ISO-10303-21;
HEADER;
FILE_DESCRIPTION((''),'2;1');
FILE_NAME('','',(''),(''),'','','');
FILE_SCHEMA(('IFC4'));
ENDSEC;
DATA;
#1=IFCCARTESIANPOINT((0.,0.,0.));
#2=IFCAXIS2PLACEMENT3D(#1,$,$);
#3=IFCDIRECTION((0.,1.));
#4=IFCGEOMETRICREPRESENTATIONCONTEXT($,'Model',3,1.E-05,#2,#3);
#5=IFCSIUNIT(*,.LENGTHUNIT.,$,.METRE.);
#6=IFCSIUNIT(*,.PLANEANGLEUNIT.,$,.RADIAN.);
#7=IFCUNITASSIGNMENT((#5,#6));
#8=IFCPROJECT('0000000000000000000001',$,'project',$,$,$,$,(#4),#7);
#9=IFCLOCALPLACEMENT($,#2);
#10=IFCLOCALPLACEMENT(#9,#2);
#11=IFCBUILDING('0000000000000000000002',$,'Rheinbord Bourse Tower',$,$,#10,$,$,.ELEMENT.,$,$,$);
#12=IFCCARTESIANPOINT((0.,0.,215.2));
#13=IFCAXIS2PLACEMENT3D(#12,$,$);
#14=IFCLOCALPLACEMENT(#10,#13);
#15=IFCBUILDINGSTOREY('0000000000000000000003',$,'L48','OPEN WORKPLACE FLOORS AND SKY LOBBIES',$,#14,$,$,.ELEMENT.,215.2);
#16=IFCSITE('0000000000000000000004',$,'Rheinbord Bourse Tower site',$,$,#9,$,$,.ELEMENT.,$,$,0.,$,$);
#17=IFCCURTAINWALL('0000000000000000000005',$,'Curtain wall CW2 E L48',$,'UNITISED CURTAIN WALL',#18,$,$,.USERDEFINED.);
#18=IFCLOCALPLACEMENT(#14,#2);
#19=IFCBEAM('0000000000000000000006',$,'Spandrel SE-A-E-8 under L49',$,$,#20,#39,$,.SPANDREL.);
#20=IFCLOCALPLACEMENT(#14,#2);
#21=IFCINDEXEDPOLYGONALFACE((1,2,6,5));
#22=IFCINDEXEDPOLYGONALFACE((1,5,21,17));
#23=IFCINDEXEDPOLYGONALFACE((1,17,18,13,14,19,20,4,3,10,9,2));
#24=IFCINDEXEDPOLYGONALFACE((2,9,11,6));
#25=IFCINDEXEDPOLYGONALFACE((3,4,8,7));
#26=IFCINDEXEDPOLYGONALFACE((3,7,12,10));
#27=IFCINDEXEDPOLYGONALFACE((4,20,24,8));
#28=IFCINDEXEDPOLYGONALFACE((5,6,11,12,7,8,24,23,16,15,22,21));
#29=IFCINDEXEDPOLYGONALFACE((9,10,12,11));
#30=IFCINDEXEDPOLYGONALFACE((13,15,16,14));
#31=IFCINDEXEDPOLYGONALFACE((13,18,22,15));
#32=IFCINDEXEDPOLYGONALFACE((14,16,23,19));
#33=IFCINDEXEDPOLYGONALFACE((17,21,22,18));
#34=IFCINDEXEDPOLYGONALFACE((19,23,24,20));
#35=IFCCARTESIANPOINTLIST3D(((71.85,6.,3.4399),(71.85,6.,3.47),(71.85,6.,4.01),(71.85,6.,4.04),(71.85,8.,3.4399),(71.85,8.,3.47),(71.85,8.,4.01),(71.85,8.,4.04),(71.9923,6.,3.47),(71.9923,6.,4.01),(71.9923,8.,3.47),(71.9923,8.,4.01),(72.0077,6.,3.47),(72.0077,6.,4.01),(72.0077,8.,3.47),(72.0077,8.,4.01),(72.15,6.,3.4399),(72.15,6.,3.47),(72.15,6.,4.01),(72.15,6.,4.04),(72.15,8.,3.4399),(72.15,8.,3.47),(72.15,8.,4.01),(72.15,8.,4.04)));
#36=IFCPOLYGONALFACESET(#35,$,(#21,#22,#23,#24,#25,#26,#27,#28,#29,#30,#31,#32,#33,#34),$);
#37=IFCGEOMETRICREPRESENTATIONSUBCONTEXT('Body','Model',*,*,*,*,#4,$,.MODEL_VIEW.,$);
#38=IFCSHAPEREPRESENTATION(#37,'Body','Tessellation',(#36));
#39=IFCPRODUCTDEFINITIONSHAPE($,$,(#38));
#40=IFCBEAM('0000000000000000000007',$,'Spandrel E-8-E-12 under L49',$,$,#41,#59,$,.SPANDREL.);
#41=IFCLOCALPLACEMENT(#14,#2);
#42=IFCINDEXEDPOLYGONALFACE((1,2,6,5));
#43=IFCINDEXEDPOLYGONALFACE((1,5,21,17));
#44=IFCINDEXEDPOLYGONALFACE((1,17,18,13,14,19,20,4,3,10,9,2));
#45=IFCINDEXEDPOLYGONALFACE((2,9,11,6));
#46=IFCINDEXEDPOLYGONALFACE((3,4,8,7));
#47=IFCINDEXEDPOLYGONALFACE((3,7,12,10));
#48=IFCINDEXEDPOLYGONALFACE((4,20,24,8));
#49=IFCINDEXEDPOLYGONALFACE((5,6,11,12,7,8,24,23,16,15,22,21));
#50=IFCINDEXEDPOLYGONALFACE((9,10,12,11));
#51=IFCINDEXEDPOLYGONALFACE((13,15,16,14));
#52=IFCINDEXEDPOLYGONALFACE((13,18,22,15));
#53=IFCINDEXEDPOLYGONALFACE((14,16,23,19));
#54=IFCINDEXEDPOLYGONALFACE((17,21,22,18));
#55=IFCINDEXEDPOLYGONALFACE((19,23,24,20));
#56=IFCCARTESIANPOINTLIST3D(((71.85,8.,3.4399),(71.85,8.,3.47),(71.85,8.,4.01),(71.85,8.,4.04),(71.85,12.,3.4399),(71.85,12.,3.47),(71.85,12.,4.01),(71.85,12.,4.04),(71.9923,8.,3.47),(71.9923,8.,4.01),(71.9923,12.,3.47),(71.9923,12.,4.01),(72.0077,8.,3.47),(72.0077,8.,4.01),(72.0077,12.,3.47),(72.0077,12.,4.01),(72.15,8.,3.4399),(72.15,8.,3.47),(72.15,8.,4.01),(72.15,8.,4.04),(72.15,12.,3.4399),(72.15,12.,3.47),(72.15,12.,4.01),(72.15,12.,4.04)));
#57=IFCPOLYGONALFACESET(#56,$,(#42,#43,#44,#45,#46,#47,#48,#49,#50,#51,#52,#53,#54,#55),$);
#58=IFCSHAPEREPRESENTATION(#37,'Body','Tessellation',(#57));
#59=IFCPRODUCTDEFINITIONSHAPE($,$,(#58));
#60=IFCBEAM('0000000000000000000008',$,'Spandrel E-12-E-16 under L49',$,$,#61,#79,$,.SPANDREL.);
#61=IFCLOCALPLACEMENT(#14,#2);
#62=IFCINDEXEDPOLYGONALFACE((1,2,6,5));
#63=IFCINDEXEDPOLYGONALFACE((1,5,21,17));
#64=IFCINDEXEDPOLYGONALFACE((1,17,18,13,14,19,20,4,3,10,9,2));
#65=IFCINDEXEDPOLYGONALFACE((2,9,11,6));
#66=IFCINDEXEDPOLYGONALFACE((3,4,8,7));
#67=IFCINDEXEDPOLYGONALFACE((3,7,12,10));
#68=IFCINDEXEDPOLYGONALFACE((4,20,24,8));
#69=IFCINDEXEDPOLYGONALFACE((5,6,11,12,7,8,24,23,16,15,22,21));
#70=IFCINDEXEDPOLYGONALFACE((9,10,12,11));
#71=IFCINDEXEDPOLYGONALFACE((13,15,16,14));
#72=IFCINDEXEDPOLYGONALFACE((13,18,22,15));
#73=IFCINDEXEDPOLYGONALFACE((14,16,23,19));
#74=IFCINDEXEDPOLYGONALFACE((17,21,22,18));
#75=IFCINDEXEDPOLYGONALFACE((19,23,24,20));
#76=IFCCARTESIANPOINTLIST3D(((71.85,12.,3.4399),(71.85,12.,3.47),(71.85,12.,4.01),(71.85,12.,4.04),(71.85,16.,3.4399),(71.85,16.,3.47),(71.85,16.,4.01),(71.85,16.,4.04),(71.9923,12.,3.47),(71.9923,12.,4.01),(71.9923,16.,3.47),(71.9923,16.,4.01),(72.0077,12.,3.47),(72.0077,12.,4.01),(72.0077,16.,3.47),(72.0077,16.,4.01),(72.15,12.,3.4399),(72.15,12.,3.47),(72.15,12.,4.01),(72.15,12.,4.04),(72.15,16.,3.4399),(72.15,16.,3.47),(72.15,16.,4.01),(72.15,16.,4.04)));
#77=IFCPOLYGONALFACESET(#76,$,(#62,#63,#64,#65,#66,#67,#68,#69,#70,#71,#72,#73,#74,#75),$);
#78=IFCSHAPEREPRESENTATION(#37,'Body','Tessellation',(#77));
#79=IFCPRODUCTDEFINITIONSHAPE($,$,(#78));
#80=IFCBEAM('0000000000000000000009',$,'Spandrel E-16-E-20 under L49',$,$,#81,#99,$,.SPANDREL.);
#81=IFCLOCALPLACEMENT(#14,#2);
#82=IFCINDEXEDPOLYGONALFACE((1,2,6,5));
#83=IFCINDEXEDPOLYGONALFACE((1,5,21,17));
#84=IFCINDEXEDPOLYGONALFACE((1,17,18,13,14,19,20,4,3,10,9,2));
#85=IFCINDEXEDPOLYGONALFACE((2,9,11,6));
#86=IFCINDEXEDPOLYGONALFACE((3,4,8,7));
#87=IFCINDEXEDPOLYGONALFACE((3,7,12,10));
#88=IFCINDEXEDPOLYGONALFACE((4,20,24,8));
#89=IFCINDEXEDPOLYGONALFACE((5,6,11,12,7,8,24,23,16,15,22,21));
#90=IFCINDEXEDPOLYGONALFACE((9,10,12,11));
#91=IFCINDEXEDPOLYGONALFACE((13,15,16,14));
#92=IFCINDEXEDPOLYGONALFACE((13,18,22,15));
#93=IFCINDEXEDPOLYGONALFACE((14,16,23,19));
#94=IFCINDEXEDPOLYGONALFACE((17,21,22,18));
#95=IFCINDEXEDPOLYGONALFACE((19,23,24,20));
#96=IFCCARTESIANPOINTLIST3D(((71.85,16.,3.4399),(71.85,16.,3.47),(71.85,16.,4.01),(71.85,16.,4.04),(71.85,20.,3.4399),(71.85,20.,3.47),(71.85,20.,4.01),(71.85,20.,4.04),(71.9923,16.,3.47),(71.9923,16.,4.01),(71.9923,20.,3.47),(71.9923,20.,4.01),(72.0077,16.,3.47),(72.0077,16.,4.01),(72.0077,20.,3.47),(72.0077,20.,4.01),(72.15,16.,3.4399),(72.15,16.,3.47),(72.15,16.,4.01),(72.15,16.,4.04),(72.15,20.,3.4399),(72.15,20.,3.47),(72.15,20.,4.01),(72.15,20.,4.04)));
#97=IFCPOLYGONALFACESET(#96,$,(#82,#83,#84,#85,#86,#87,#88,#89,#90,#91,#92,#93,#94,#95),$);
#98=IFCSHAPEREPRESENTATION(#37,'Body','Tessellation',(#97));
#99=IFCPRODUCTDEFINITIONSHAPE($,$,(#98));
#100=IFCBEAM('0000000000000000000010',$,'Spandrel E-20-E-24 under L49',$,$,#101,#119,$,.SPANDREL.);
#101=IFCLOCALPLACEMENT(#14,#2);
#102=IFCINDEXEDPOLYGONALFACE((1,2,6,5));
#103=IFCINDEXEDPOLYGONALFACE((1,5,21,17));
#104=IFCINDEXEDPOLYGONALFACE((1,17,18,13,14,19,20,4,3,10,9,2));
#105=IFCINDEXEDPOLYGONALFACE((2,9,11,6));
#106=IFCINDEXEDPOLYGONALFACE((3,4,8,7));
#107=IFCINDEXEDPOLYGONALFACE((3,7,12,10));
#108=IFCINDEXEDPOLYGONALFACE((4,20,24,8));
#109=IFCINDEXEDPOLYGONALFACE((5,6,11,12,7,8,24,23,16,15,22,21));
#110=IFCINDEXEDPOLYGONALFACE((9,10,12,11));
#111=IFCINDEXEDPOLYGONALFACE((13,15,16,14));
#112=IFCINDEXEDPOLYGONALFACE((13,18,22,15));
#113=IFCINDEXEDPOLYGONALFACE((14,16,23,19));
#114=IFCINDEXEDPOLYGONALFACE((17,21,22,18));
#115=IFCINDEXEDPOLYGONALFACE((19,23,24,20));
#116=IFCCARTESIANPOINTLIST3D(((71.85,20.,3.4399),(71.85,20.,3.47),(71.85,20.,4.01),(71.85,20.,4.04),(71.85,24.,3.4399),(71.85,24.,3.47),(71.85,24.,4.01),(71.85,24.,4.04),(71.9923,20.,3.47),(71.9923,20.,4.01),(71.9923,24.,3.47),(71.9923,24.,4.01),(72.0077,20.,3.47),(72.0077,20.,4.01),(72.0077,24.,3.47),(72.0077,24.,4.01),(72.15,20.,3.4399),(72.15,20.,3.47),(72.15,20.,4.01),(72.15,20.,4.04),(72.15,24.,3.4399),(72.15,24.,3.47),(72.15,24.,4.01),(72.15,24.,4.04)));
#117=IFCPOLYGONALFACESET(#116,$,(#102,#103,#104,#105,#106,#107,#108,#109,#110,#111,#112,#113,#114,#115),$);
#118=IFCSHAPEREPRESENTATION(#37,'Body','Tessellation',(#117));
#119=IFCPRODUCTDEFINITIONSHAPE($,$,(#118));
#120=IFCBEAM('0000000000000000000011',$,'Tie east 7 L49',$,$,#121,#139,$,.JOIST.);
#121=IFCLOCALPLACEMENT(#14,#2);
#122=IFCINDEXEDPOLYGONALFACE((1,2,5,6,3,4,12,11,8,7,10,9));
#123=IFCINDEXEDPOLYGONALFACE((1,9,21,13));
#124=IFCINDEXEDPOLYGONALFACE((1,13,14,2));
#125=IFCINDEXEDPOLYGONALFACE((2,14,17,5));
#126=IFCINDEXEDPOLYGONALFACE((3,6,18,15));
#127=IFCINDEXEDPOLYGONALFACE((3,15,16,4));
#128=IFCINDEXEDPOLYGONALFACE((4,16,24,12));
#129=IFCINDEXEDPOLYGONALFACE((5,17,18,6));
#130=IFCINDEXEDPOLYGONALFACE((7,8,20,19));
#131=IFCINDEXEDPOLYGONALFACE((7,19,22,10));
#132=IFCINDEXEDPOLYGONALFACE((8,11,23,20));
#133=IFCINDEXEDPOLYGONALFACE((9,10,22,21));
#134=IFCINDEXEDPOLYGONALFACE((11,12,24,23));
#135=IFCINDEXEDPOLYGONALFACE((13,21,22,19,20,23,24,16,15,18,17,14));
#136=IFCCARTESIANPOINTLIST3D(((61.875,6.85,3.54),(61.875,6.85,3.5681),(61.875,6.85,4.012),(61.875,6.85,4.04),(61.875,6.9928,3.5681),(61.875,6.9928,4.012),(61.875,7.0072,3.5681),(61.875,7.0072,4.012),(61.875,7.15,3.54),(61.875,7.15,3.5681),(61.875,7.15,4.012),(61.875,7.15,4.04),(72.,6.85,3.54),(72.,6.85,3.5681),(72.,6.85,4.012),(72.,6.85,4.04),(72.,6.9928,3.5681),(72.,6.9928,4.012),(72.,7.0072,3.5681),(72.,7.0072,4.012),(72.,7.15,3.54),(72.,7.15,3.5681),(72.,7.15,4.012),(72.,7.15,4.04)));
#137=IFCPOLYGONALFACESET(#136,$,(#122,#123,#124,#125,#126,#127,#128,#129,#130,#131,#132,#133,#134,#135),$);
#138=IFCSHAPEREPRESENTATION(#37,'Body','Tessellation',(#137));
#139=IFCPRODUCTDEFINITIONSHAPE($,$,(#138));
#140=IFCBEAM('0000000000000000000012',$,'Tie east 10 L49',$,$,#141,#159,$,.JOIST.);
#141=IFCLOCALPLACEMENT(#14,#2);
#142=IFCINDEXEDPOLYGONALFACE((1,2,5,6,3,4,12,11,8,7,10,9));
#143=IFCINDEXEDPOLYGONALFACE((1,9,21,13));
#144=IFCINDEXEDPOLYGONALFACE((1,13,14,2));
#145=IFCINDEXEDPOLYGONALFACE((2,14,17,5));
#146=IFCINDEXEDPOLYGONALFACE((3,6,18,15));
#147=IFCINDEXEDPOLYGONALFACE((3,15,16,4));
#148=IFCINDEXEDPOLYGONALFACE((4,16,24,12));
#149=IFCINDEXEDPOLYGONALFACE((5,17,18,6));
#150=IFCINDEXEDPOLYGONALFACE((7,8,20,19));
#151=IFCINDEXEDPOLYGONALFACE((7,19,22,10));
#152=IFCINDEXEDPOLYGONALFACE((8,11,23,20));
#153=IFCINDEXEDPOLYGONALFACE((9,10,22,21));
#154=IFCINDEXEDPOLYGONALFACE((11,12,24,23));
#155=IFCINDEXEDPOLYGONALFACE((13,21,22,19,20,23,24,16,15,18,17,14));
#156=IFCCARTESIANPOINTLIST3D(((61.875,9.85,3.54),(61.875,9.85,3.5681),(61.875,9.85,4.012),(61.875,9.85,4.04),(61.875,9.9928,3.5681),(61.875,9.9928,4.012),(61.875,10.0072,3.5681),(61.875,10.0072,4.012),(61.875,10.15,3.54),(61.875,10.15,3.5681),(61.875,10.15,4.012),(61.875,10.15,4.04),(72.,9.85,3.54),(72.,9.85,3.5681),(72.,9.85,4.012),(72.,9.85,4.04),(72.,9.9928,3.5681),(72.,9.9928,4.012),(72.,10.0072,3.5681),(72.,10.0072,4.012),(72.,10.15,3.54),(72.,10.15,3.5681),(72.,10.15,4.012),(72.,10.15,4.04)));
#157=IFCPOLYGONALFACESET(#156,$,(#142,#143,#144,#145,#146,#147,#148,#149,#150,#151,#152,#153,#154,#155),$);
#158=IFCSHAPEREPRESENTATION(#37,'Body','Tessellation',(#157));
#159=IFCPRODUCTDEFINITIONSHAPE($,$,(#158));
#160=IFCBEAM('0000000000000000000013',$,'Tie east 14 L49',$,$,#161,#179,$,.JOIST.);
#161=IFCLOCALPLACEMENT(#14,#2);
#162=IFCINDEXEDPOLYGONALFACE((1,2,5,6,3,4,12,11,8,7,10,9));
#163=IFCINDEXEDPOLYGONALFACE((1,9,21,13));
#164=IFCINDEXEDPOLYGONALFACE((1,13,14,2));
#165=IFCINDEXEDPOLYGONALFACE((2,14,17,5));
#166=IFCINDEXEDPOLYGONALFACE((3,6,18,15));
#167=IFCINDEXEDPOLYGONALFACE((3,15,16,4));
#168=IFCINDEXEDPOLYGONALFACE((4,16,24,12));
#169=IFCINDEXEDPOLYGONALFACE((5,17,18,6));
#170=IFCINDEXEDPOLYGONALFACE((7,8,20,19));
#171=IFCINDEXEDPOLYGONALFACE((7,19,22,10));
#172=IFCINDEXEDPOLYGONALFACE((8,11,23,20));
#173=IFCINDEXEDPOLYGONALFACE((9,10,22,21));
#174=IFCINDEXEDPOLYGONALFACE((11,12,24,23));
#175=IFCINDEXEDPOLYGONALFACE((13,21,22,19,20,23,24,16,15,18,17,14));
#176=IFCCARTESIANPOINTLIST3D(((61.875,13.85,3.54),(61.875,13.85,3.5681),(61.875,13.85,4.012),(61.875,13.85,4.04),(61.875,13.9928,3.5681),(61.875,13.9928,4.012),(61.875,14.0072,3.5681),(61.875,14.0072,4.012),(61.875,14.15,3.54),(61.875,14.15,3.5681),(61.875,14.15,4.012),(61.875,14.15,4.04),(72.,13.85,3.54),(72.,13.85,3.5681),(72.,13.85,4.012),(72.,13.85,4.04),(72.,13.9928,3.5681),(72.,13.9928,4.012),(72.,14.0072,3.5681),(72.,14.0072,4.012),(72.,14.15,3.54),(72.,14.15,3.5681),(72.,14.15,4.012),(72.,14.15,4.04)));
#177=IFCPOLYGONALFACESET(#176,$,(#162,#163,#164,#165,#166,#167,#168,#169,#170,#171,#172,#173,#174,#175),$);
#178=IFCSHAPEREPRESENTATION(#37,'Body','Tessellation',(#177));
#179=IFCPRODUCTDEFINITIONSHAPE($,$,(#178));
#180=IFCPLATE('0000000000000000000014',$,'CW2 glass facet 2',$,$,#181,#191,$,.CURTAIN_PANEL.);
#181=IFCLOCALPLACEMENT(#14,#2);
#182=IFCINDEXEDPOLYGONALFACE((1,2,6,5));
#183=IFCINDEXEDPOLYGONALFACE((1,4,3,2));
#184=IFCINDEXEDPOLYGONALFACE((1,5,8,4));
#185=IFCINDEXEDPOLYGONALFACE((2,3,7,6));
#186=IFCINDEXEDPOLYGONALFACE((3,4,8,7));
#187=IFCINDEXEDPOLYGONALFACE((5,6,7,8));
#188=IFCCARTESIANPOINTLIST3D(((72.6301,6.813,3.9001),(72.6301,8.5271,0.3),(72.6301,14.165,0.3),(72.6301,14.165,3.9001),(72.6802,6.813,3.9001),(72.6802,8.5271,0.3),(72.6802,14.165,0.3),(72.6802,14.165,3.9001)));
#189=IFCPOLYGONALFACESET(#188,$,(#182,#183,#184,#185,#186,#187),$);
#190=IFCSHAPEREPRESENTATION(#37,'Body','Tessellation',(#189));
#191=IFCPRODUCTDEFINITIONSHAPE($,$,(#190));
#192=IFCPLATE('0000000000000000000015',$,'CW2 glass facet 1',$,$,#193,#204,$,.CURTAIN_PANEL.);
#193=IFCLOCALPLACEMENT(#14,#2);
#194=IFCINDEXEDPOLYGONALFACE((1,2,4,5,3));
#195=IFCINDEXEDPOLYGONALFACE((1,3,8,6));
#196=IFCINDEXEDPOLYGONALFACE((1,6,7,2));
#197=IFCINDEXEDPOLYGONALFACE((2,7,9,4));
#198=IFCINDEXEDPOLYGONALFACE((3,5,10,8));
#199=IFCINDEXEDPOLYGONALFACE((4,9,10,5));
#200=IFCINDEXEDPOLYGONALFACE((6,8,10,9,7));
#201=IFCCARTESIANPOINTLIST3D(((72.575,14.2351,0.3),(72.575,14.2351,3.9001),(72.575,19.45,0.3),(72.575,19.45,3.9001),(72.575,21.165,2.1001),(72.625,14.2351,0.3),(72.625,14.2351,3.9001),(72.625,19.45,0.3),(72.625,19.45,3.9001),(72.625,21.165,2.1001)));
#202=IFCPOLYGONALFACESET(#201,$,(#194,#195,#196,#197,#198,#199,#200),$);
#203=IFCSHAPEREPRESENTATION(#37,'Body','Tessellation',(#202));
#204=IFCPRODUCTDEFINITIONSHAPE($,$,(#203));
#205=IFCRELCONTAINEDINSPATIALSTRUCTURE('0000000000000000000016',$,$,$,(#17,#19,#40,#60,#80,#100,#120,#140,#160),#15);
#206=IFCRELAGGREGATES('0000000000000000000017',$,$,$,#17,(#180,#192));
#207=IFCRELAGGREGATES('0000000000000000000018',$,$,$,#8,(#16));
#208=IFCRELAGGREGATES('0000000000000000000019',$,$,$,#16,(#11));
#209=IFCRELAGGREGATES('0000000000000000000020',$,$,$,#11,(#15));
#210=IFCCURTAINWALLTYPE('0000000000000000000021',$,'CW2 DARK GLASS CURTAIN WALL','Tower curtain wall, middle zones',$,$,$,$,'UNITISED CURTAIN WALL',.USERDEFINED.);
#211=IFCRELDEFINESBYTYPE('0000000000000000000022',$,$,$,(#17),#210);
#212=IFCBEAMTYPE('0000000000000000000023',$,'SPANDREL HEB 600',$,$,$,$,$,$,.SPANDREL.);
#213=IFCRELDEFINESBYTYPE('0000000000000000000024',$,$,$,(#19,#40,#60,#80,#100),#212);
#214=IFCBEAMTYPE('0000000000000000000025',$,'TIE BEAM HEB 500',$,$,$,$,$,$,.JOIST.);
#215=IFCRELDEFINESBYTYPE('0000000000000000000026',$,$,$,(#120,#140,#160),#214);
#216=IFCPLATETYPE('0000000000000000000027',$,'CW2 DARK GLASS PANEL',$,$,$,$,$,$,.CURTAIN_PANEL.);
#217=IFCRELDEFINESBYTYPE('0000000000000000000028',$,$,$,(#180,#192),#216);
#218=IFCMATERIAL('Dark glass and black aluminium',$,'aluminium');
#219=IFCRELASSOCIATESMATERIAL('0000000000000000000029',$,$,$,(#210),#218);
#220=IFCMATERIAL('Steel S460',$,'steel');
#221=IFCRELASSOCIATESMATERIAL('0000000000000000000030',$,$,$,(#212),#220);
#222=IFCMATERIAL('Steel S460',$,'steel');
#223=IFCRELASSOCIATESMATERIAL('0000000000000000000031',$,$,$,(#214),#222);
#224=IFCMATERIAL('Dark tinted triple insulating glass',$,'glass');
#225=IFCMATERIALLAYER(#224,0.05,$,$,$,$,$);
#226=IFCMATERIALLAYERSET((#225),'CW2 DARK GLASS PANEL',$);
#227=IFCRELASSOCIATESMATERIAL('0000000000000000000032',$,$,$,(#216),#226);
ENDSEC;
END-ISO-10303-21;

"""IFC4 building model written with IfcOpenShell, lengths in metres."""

from ifc_helpers import new_model, si_unit, direction, frame, origin, origin_2d, place, context, subcontext, project, spatial, polyline, i_section, outline, extrude, material, layer, layer_set, material_profile, profile_set, type_object, element, aggregate, save


model = new_model("IFC4")

# Units and contexts
model_context = context("Model", 3, precision=1e-05, world=origin(), true_north=direction((0.0, 1.0)))
body_context = subcontext(model_context, "Body", "Model", "MODEL_VIEW")
ifc_project = project(units=[si_unit("LENGTHUNIT", "METRE"), si_unit("PLANEANGLEUNIT", "RADIAN")], contexts=[model_context])

# Site, building, storey
site_placement = place(None, origin())
site = spatial("IfcSite", under=ifc_project, at=site_placement, Name="Rheinbord Bourse Tower site", CompositionType="ELEMENT", RefElevation=0.0)
building_placement = place(site_placement, origin())
building = spatial("IfcBuilding", under=site, at=building_placement, Name="Rheinbord Bourse Tower", CompositionType="ELEMENT")
storey_placement = place(building_placement, frame((0.0, 0.0, 215.2)))
storey = spatial("IfcBuildingStorey", under=building, at=storey_placement, Name="L48", Description="OPEN WORKPLACE FLOORS AND SKY LOBBIES", CompositionType="ELEMENT", Elevation=215.2)

# Curtain wall
ifc_material_1 = material(Name="Dark glass and black aluminium", Category="aluminium")
curtain_wall_type = type_object("IfcCurtainWallType", Name="CW2 DARK GLASS CURTAIN WALL", Description="Tower curtain wall, middle zones", ElementType="UNITISED CURTAIN WALL", PredefinedType="USERDEFINED", material=ifc_material_1)
curtain_wall_placement = place(storey_placement, origin())
curtain_wall = element("IfcCurtainWall", 1, at=curtain_wall_placement, inside=storey, type_object=curtain_wall_type, Name="Curtain wall CW2 E L48", ObjectType="UNITISED CURTAIN WALL", PredefinedType="USERDEFINED")

# Beams
ifc_material_2 = material(Name="Steel S460", Category="steel")
ifc_material_profile_1 = material_profile(ifc_material_2, i_section(OverallWidth=0.3, OverallDepth=0.6001, WebThickness=0.0154, FlangeThickness=0.03, at=origin_2d()), Name="HEB 600")
ifc_profile_set_1 = profile_set([ifc_material_profile_1], Name="Steel S460")
beam_type_1 = type_object("IfcBeamType", Name="SPANDREL HEB 600", PredefinedType="SPANDREL", material=ifc_profile_set_1)
beam_1_placement = place(storey_placement, frame((72.0, 6.0, 3.74), z_axis=(0.0, 1.0, 0.0), x_axis=(-1.0, 0.0, 0.0)))
element("IfcBeam", 2, at=beam_1_placement, inside=storey, type_object=beam_type_1, Name="Spandrel SE-A-E-8 under L49", PredefinedType="SPANDREL", context=body_context, shape_type="SweptSolid", body=[
    extrude(i_section(OverallWidth=0.3, OverallDepth=0.6001, WebThickness=0.0154, FlangeThickness=0.03, at=origin_2d()), origin(), (0.0, 0.0, 1.0), 2.0),
])
for number, where, z_axis, x_axis, name in (
    (3, (72.0, 8.0, 3.74), (0.0, 1.0, 0.0), (-1.0, 0.0, 0.0), "Spandrel E-8-E-12 under L49"),
    (4, (72.0, 12.0, 3.74), (0.0, 1.0, 0.0), (-1.0, 0.0, 0.0), "Spandrel E-12-E-16 under L49"),
    (5, (72.0, 16.0, 3.74), (0.0, 1.0, 0.0), (-1.0, 0.0, 0.0), "Spandrel E-16-E-20 under L49"),
    (6, (72.0, 20.0, 3.74), (0.0, 1.0, 0.0), (-1.0, 0.0, 0.0), "Spandrel E-20-E-24 under L49"),
):
    element("IfcBeam", number, at=place(storey_placement, frame(where, z_axis=z_axis, x_axis=x_axis)), inside=storey, type_object=beam_type_1, Name=name, PredefinedType="SPANDREL", context=body_context, shape_type="SweptSolid", body=[
        extrude(i_section(OverallWidth=0.3, OverallDepth=0.6001, WebThickness=0.0154, FlangeThickness=0.03, at=origin_2d()), origin(), (0.0, 0.0, 1.0), 4.0),
    ])
ifc_material_3 = material(Name="Steel S460", Category="steel")
ifc_material_profile_2 = material_profile(ifc_material_3, i_section(OverallWidth=0.3, OverallDepth=0.5, WebThickness=0.0144, FlangeThickness=0.0281, at=origin_2d()), Name="HEB 500")
ifc_profile_set_2 = profile_set([ifc_material_profile_2], Name="Steel S460")
beam_type_2 = type_object("IfcBeamType", Name="TIE BEAM HEB 500", PredefinedType="JOIST", material=ifc_profile_set_2)
for number, where, z_axis, x_axis, name in (
    (7, (61.875, 7.0, 3.79), (1.0, 0.0, 0.0), (0.0, 1.0, 0.0), "Tie east 7 L49"),
    (8, (61.875, 10.0, 3.79), (1.0, 0.0, 0.0), (0.0, 1.0, 0.0), "Tie east 10 L49"),
    (9, (61.875, 14.0, 3.79), (1.0, 0.0, 0.0), (0.0, 1.0, 0.0), "Tie east 14 L49"),
):
    element("IfcBeam", number, at=place(storey_placement, frame(where, z_axis=z_axis, x_axis=x_axis)), inside=storey, type_object=beam_type_2, Name=name, PredefinedType="JOIST", context=body_context, shape_type="SweptSolid", body=[
        extrude(i_section(OverallWidth=0.3, OverallDepth=0.5, WebThickness=0.0144, FlangeThickness=0.0281, at=origin_2d()), origin(), (0.0, 0.0, 1.0), 10.125),
    ])

# Plates
ifc_material_4 = material(Name="Dark tinted triple insulating glass", Category="glass")
ifc_layer_1 = layer(ifc_material_4, 0.05)
ifc_layer_set_1 = layer_set([ifc_layer_1], Name="CW2 DARK GLASS PANEL")
plate_type = type_object("IfcPlateType", Name="CW2 DARK GLASS PANEL", PredefinedType="CURTAIN_PANEL", material=ifc_layer_set_1)
plate_1_placement = place(storey_placement, frame((72.6802, 14.165, 3.9001), z_axis=(-1.0, 0.0, 0.0), x_axis=(0.0, 0.0, -1.0)))
plate_1 = element("IfcPlate", 10, at=plate_1_placement, type_object=plate_type, Name="CW2 glass facet 2", PredefinedType="CURTAIN_PANEL", context=body_context, shape_type="SweptSolid", body=[
    extrude(outline(polyline([(0.0, 0.0), (3.6001, 0.0), (3.6001, 5.6379), (0.0, 7.3521), (0.0, 0.0)])), origin(), (0.0, 0.0, 1.0), 0.05),
])
plate_2_placement = place(storey_placement, frame((72.625, 14.2351, 0.3), z_axis=(-1.0, 0.0, 0.0), x_axis=(0.0, 0.0, 1.0)))
plate_2 = element("IfcPlate", 11, at=plate_2_placement, type_object=plate_type, Name="CW2 glass facet 1", PredefinedType="CURTAIN_PANEL", context=body_context, shape_type="SweptSolid", body=[
    extrude(outline(polyline([(0.0, 0.0), (3.6001, 0.0), (3.6001, 5.2148), (1.8, 6.9299), (0.0, 5.2148), (0.0, 0.0)])), origin(), (0.0, 0.0, 1.0), 0.05),
])
aggregate(curtain_wall, [plate_1, plate_2])

save(model, "model.ifc")
